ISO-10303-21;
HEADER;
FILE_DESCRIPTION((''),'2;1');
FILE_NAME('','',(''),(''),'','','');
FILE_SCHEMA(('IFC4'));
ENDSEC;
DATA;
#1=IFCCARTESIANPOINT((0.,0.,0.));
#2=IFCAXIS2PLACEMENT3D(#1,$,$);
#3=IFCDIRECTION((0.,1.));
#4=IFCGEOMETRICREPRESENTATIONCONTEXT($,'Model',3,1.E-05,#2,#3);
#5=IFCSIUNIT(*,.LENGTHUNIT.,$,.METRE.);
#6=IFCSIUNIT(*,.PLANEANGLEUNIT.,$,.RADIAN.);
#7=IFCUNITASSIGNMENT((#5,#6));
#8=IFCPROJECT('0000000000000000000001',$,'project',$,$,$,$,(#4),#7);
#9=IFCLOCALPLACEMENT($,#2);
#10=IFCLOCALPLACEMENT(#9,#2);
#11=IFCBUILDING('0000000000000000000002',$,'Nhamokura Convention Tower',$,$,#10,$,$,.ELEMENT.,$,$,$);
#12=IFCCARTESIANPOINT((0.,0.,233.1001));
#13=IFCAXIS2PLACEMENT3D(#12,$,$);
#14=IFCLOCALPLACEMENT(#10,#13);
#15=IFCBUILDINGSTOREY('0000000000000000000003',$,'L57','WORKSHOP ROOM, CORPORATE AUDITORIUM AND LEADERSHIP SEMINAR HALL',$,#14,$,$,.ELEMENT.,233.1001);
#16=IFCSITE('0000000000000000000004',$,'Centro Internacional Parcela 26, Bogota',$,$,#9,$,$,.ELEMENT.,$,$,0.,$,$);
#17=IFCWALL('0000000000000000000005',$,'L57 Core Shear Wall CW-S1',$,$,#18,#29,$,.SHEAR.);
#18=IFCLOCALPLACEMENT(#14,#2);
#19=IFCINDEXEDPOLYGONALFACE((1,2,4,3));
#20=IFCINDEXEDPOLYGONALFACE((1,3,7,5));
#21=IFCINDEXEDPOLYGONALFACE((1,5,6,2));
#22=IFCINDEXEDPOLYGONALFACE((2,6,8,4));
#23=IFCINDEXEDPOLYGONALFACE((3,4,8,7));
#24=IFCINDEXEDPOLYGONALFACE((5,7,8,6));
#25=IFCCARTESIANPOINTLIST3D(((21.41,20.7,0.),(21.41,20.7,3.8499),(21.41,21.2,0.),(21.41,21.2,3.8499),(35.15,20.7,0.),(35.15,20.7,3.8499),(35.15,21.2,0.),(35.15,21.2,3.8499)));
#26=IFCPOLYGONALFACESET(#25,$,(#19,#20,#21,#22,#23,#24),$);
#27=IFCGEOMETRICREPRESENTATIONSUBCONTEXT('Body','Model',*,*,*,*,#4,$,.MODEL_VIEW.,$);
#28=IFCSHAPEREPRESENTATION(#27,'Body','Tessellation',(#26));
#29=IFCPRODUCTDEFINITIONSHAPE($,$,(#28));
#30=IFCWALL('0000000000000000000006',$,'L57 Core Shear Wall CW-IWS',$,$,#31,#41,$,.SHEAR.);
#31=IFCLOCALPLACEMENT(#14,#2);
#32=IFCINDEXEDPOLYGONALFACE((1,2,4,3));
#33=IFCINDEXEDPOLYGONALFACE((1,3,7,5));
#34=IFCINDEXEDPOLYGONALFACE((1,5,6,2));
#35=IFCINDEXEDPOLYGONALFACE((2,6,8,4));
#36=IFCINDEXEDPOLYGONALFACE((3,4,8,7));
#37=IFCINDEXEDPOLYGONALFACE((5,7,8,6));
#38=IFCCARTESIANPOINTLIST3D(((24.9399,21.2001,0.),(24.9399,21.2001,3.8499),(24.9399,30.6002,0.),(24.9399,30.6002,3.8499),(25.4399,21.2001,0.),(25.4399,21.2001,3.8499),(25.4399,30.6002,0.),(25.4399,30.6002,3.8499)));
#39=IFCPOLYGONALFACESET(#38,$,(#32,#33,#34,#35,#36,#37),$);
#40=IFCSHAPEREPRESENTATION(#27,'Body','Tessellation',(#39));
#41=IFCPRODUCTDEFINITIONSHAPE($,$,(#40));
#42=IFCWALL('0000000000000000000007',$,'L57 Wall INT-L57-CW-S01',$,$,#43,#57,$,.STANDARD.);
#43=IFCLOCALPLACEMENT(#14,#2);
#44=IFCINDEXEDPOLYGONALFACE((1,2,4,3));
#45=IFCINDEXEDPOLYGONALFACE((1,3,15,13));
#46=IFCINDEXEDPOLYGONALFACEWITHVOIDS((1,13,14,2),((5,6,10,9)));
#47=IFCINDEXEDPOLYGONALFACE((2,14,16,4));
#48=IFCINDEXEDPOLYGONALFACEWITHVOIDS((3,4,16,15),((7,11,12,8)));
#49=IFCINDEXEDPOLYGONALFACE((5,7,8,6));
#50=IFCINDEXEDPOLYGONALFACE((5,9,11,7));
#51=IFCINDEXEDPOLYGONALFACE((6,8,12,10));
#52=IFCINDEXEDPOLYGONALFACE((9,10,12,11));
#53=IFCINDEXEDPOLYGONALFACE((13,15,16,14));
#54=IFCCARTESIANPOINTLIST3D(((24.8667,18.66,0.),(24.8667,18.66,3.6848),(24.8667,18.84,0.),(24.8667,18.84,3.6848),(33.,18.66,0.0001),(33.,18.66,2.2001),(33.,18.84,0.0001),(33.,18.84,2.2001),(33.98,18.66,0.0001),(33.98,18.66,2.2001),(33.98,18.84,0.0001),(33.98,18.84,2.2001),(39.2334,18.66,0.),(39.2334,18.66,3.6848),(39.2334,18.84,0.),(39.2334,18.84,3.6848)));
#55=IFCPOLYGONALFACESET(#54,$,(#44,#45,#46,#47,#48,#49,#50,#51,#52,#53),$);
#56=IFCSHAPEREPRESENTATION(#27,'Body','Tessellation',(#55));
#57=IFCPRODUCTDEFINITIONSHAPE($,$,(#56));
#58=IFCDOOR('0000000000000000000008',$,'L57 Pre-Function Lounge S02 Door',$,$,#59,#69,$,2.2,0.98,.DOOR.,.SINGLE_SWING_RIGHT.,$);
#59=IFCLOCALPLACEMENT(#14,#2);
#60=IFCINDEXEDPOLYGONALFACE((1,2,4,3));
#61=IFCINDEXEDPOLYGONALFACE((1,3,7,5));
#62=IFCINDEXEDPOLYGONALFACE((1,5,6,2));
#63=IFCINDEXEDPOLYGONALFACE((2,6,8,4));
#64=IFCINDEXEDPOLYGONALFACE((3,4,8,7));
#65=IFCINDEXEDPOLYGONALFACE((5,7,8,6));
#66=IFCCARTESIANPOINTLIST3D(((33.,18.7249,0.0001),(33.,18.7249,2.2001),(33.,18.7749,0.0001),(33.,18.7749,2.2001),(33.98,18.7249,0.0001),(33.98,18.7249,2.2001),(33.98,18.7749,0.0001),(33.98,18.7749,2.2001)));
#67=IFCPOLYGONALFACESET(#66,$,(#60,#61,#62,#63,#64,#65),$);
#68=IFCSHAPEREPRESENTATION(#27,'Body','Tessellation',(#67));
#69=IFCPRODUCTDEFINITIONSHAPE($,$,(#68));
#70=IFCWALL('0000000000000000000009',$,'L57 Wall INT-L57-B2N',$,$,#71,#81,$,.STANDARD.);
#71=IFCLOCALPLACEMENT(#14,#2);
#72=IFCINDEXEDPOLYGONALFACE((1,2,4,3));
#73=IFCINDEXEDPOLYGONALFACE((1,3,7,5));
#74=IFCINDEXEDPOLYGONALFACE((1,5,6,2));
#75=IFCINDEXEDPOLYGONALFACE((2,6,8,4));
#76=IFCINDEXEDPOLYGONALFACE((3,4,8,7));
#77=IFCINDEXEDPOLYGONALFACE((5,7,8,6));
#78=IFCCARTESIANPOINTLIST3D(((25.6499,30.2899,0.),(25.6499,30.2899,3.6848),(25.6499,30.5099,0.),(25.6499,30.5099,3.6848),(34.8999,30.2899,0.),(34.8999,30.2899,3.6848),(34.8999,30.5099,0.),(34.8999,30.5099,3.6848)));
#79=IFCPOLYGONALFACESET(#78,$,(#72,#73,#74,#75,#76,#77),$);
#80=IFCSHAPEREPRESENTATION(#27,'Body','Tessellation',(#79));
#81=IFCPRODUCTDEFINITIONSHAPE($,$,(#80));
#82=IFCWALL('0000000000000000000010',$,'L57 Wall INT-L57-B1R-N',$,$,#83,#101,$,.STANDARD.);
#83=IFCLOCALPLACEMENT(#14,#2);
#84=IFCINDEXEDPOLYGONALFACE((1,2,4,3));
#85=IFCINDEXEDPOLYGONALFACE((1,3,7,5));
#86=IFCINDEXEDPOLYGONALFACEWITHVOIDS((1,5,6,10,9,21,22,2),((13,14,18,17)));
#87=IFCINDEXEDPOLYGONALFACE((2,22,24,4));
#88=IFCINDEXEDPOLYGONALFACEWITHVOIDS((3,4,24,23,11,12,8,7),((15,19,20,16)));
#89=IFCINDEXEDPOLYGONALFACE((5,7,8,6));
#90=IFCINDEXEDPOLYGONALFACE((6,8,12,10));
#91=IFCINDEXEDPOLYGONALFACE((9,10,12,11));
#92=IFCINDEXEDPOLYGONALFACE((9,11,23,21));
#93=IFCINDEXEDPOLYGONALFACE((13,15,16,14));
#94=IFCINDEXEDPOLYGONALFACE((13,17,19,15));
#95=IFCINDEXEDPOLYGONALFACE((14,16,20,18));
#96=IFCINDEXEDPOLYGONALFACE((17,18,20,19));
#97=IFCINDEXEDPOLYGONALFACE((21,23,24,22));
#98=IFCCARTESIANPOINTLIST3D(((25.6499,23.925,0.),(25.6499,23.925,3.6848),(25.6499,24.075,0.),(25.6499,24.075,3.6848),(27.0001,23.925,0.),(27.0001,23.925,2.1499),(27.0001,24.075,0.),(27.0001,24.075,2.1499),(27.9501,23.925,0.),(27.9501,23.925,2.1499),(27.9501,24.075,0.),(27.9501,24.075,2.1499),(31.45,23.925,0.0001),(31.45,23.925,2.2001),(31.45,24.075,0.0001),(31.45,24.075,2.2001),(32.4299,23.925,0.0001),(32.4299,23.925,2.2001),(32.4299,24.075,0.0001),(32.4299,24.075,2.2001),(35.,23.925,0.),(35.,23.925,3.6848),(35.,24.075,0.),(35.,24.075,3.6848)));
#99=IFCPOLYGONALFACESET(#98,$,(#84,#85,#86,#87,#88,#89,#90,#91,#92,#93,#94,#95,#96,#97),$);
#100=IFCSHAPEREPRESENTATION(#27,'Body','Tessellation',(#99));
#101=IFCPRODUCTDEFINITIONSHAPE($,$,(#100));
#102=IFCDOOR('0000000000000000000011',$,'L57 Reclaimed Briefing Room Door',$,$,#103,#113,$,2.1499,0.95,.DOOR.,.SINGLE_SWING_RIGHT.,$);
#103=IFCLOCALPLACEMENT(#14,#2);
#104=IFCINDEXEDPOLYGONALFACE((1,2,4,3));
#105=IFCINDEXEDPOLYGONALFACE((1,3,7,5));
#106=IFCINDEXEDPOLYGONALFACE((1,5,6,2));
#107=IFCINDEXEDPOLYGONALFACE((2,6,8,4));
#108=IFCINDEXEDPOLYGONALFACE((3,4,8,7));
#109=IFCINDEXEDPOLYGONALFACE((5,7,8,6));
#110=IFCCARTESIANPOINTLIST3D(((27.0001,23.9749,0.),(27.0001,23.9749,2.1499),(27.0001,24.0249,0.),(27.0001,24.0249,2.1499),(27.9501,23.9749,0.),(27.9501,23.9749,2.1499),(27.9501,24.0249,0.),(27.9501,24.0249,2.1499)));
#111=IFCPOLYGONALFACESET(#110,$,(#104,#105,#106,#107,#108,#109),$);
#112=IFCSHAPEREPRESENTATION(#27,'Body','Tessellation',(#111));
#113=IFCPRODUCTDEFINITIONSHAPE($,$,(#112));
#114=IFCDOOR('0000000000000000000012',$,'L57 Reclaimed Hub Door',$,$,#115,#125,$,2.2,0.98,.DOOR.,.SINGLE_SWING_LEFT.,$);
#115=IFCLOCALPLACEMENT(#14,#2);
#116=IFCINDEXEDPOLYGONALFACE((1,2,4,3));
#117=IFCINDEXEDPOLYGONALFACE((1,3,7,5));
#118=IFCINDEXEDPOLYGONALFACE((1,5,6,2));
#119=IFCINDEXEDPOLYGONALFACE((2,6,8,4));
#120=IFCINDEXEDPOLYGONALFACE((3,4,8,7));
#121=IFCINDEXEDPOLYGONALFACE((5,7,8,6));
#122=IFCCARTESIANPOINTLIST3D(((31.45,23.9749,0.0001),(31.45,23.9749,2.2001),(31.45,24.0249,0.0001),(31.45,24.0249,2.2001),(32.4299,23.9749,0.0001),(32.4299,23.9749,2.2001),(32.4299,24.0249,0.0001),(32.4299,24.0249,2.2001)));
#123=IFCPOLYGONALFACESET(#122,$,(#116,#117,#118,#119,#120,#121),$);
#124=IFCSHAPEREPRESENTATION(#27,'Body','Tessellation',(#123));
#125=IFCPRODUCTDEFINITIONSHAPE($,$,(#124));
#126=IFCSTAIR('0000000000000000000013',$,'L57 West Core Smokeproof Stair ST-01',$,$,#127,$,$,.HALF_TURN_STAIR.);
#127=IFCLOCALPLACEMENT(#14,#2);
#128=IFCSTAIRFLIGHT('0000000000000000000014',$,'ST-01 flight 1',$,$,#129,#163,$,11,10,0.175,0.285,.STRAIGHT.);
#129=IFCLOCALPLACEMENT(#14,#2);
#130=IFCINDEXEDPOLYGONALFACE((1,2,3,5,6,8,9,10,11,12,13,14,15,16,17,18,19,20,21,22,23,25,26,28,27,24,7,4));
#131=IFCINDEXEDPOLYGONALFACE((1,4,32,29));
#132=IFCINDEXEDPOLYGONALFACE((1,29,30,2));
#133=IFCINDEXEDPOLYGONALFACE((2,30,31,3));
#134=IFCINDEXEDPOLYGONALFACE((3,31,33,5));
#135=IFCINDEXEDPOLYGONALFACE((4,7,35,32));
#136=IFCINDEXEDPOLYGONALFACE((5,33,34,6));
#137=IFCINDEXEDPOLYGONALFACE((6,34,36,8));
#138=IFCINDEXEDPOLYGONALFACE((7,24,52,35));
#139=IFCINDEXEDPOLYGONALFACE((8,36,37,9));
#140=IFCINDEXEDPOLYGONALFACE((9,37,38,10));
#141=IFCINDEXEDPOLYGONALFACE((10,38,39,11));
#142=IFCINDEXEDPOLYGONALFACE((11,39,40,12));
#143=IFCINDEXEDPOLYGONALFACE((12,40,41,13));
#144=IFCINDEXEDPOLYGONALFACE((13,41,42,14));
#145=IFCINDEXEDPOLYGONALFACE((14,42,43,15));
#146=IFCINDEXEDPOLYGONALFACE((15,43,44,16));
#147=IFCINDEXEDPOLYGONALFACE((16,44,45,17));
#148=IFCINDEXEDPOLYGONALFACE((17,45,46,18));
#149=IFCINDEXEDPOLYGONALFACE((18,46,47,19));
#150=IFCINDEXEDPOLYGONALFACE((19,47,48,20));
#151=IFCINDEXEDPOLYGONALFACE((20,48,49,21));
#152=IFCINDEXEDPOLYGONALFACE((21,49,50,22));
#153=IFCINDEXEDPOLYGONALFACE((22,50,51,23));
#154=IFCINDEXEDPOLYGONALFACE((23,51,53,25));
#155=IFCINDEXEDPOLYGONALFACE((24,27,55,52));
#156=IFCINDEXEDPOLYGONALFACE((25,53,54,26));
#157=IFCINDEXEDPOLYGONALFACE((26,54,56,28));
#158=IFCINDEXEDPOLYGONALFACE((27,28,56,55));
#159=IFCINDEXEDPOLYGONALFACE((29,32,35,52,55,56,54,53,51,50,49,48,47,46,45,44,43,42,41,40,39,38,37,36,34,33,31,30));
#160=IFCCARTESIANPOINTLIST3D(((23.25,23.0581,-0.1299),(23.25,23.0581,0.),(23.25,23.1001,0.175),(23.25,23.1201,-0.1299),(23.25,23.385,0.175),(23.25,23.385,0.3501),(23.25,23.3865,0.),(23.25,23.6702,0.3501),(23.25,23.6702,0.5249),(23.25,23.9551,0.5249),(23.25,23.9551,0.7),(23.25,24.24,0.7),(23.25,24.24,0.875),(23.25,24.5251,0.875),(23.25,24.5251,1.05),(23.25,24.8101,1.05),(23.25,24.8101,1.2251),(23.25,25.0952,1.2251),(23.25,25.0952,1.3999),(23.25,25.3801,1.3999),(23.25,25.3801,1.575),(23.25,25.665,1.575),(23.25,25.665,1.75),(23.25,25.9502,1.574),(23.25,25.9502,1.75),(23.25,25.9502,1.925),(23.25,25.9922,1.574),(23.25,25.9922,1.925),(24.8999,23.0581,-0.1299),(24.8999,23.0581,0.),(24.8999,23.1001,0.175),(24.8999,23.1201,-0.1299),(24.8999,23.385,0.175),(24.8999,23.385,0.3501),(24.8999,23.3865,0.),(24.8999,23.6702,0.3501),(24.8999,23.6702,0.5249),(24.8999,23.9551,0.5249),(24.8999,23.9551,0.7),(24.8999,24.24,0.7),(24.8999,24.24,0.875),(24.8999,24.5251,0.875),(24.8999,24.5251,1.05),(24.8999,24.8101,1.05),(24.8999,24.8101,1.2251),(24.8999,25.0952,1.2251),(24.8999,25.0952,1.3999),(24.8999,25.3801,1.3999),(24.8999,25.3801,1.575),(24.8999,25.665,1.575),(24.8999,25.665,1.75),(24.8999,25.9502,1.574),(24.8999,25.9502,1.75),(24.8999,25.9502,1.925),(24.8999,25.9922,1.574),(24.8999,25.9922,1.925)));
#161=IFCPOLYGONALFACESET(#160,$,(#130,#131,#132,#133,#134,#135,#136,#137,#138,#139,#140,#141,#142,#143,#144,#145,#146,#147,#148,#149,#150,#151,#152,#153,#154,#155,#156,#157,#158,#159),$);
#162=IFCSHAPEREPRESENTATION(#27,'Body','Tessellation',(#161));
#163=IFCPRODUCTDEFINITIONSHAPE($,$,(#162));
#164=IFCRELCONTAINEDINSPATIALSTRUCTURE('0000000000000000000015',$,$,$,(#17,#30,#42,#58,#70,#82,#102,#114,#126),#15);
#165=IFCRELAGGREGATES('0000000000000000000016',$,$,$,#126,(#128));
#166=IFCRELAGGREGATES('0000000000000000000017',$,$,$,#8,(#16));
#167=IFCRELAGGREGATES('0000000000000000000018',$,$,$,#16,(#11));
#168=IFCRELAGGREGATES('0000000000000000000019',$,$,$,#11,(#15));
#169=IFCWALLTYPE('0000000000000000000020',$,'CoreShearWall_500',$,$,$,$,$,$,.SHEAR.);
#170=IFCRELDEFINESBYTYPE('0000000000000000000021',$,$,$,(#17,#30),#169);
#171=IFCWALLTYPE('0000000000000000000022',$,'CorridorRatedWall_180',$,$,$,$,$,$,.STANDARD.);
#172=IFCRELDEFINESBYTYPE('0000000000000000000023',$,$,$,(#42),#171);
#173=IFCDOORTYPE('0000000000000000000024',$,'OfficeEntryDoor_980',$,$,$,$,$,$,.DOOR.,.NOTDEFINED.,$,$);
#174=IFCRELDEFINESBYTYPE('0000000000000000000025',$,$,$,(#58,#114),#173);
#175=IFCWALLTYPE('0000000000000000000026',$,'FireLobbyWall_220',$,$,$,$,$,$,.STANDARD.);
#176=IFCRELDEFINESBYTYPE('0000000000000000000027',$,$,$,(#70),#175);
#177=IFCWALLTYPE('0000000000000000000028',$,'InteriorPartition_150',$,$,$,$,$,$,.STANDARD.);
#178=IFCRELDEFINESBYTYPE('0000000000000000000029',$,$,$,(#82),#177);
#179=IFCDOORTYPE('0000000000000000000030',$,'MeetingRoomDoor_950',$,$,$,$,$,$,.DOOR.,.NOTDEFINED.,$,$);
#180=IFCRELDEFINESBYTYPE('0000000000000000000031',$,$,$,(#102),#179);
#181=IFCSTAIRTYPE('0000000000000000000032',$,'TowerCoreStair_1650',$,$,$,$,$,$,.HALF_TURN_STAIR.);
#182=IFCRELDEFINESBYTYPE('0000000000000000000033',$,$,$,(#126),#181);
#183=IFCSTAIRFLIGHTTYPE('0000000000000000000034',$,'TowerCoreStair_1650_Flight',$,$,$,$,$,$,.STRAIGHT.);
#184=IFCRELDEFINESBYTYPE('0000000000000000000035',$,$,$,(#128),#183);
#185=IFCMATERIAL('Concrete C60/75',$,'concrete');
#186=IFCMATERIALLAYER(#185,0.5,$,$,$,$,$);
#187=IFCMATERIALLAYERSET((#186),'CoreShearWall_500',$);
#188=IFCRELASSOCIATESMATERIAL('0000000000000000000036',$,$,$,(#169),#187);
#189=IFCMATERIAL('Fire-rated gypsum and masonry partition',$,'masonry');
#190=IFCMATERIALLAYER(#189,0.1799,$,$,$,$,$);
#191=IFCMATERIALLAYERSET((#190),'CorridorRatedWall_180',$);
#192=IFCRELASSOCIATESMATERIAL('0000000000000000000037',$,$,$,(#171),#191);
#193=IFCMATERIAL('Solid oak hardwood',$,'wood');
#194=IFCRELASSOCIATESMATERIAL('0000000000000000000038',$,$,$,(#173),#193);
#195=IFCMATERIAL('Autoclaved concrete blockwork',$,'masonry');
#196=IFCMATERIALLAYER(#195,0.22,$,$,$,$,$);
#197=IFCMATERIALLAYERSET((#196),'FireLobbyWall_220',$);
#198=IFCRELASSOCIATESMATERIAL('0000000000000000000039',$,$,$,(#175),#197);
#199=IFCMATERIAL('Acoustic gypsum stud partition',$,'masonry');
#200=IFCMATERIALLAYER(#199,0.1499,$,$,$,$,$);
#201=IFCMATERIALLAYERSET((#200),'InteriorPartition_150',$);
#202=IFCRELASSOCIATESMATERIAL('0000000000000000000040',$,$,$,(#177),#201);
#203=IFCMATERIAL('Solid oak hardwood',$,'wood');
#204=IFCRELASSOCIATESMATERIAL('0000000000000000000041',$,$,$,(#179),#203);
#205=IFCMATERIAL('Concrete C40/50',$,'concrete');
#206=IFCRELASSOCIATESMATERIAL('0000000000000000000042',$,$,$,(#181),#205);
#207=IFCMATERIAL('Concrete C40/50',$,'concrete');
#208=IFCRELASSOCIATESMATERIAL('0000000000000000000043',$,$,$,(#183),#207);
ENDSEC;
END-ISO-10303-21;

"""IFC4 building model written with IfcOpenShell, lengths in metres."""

from ifc_helpers import new_model, si_unit, direction, frame, frame_2d, origin, place, context, subcontext, project, spatial, polyline, rectangle, outline, extrude, material, layer, layer_set, type_object, element, fill, aggregate, save


model = new_model("IFC4")

# Units and contexts
model_context = context("Model", 3, precision=1e-05, world=origin(), true_north=direction((0.0, 1.0)))
body_context = subcontext(model_context, "Body", "Model", "MODEL_VIEW")
ifc_project = project(units=[si_unit("LENGTHUNIT", "METRE"), si_unit("PLANEANGLEUNIT", "RADIAN")], contexts=[model_context])

# Site, building, storey
site_placement = place(None, origin())
site = spatial("IfcSite", under=ifc_project, at=site_placement, Name="Centro Internacional Parcela 26, Bogota", CompositionType="ELEMENT", RefElevation=0.0)
building_placement = place(site_placement, origin())
building = spatial("IfcBuilding", under=site, at=building_placement, Name="Nhamokura Convention Tower", CompositionType="ELEMENT")
storey_placement = place(building_placement, frame((0.0, 0.0, 233.1001)))
storey = spatial("IfcBuildingStorey", under=building, at=storey_placement, Name="L57", Description="WORKSHOP ROOM, CORPORATE AUDITORIUM AND LEADERSHIP SEMINAR HALL", CompositionType="ELEMENT", Elevation=233.1001)

# Walls
ifc_material_1 = material(Name="Concrete C60/75", Category="concrete")
ifc_layer_1 = layer(ifc_material_1, 0.5)
ifc_layer_set_1 = layer_set([ifc_layer_1], Name="CoreShearWall_500")
wall_type_1 = type_object("IfcWallType", Name="CoreShearWall_500", PredefinedType="SHEAR", material=ifc_layer_set_1)
wall_1_placement = place(storey_placement, frame((21.4099, 20.95, 0.0), z_axis=(0.0, 0.0, 1.0), x_axis=(1.0, 0.0, 0.0)))
element("IfcWall", 1, at=wall_1_placement, inside=storey, type_object=wall_type_1, Name="L57 Core Shear Wall CW-S1", PredefinedType="SHEAR", context=body_context, shape_type="SweptSolid", body=[
    extrude(rectangle(XDim=13.74, YDim=0.5, at=frame_2d((6.8701, 0.0))), origin(), (0.0, 0.0, 1.0), 3.8499),
])
wall_2_placement = place(storey_placement, frame((25.1899, 21.2, 0.0), z_axis=(0.0, 0.0, 1.0), x_axis=(0.0, 1.0, 0.0)))
element("IfcWall", 2, at=wall_2_placement, inside=storey, type_object=wall_type_1, Name="L57 Core Shear Wall CW-IWS", PredefinedType="SHEAR", context=body_context, shape_type="SweptSolid", body=[
    extrude(rectangle(XDim=9.4001, YDim=0.5, at=frame_2d((4.7002, 0.0))), origin(), (0.0, 0.0, 1.0), 3.8499),
])

# Wall, opening, door
ifc_material_2 = material(Name="Fire-rated gypsum and masonry partition", Category="masonry")
ifc_layer_2 = layer(ifc_material_2, 0.1799)
ifc_layer_set_2 = layer_set([ifc_layer_2], Name="CorridorRatedWall_180")
wall_type_2 = type_object("IfcWallType", Name="CorridorRatedWall_180", PredefinedType="STANDARD", material=ifc_layer_set_2)
wall_3_placement = place(storey_placement, frame((24.8667, 18.75, 0.0), z_axis=(0.0, 0.0, 1.0), x_axis=(1.0, 0.0, 0.0)))
wall_3 = element("IfcWall", 3, at=wall_3_placement, inside=storey, type_object=wall_type_2, Name="L57 Wall INT-L57-CW-S01", PredefinedType="STANDARD", context=body_context, shape_type="SweptSolid", body=[
    extrude(rectangle(XDim=14.3667, YDim=0.1799, at=frame_2d((7.1833, 0.0))), origin(), (0.0, 0.0, 1.0), 3.6848),
])
opening_1_placement = place(wall_3_placement, frame((8.1333, 0.0, 0.0)))
opening_1 = element("IfcOpeningElement", 4, at=opening_1_placement, cuts=wall_3, PredefinedType="OPENING", context=body_context, shape_type="SweptSolid", body=[
    extrude(rectangle(XDim=0.98, YDim=2.2, at=frame_2d((0.49, 1.1001))), frame((0.0, 0.0999, 0.0), z_axis=(0.0, -1.0, 0.0), x_axis=(1.0, 0.0, 0.0)), (0.0, 0.0, 1.0), 0.2),
])
ifc_material_3 = material(Name="Solid oak hardwood", Category="wood")
door_type_1 = type_object("IfcDoorType", Name="OfficeEntryDoor_980", OperationType="NOTDEFINED", PredefinedType="DOOR", material=ifc_material_3)
door_1_placement = place(opening_1_placement, origin())
door_1 = element("IfcDoor", 5, at=door_1_placement, inside=storey, type_object=door_type_1, Name="L57 Pre-Function Lounge S02 Door", OperationType="SINGLE_SWING_RIGHT", OverallHeight=2.2, OverallWidth=0.98, PredefinedType="DOOR", context=body_context, shape_type="SweptSolid", body=[
    extrude(rectangle(XDim=0.98, YDim=2.2, at=frame_2d((0.49, 1.1001))), frame((0.0, 0.0249, 0.0), z_axis=(0.0, -1.0, 0.0), x_axis=(1.0, 0.0, 0.0)), (0.0, 0.0, 1.0), 0.05),
])
fill(opening_1, door_1)

# Shared definitions
ifc_material_4 = material(Name="Autoclaved concrete blockwork", Category="masonry")
ifc_layer_3 = layer(ifc_material_4, 0.22)
ifc_layer_set_3 = layer_set([ifc_layer_3], Name="FireLobbyWall_220")
wall_type_3 = type_object("IfcWallType", Name="FireLobbyWall_220", PredefinedType="STANDARD", material=ifc_layer_set_3)

# Wall
wall_4_placement = place(storey_placement, frame((25.6499, 30.3999, 0.0), z_axis=(0.0, 0.0, 1.0), x_axis=(1.0, 0.0, 0.0)))
element("IfcWall", 6, at=wall_4_placement, inside=storey, type_object=wall_type_3, Name="L57 Wall INT-L57-B2N", PredefinedType="STANDARD", context=body_context, shape_type="SweptSolid", body=[
    extrude(rectangle(XDim=9.25, YDim=0.22, at=frame_2d((4.625, 0.0))), origin(), (0.0, 0.0, 1.0), 3.6848),
])

# Wall, openings, doors
ifc_material_5 = material(Name="Acoustic gypsum stud partition", Category="masonry")
ifc_layer_4 = layer(ifc_material_5, 0.1499)
ifc_layer_set_4 = layer_set([ifc_layer_4], Name="InteriorPartition_150")
wall_type_4 = type_object("IfcWallType", Name="InteriorPartition_150", PredefinedType="STANDARD", material=ifc_layer_set_4)
wall_5_placement = place(storey_placement, frame((25.6499, 24.0, 0.0), z_axis=(0.0, 0.0, 1.0), x_axis=(1.0, 0.0, 0.0)))
wall_5 = element("IfcWall", 7, at=wall_5_placement, inside=storey, type_object=wall_type_4, Name="L57 Wall INT-L57-B1R-N", PredefinedType="STANDARD", context=body_context, shape_type="SweptSolid", body=[
    extrude(rectangle(XDim=9.3501, YDim=0.1499, at=frame_2d((4.675, 0.0))), origin(), (0.0, 0.0, 1.0), 3.6848),
])
opening_2_placement = place(wall_5_placement, frame((1.3501, 0.0, 0.0)))
opening_2 = element("IfcOpeningElement", 8, at=opening_2_placement, cuts=wall_5, PredefinedType="OPENING", context=body_context, shape_type="SweptSolid", body=[
    extrude(rectangle(XDim=0.95, YDim=2.1499, at=frame_2d((0.4751, 1.075))), frame((0.0, 0.085, 0.0), z_axis=(0.0, -1.0, 0.0), x_axis=(1.0, 0.0, 0.0)), (0.0, 0.0, 1.0), 0.1699),
])
opening_3_placement = place(wall_5_placement, frame((5.8, 0.0, 0.0)))
opening_3 = element("IfcOpeningElement", 9, at=opening_3_placement, cuts=wall_5, PredefinedType="OPENING", context=body_context, shape_type="SweptSolid", body=[
    extrude(rectangle(XDim=0.98, YDim=2.2, at=frame_2d((0.49, 1.1001))), frame((0.0, 0.085, 0.0), z_axis=(0.0, -1.0, 0.0), x_axis=(1.0, 0.0, 0.0)), (0.0, 0.0, 1.0), 0.1699),
])
ifc_material_6 = material(Name="Solid oak hardwood", Category="wood")
door_type_2 = type_object("IfcDoorType", Name="MeetingRoomDoor_950", OperationType="NOTDEFINED", PredefinedType="DOOR", material=ifc_material_6)
door_2_placement = place(opening_2_placement, origin())
door_2 = element("IfcDoor", 10, at=door_2_placement, inside=storey, type_object=door_type_2, Name="L57 Reclaimed Briefing Room Door", OperationType="SINGLE_SWING_RIGHT", OverallHeight=2.1499, OverallWidth=0.95, PredefinedType="DOOR", context=body_context, shape_type="SweptSolid", body=[
    extrude(rectangle(XDim=0.95, YDim=2.1499, at=frame_2d((0.4751, 1.075))), frame((0.0, 0.0249, 0.0), z_axis=(0.0, -1.0, 0.0), x_axis=(1.0, 0.0, 0.0)), (0.0, 0.0, 1.0), 0.05),
])
fill(opening_2, door_2)
door_3_placement = place(opening_3_placement, origin())
door_3 = element("IfcDoor", 11, at=door_3_placement, inside=storey, type_object=door_type_1, Name="L57 Reclaimed Hub Door", OperationType="SINGLE_SWING_LEFT", OverallHeight=2.2, OverallWidth=0.98, PredefinedType="DOOR", context=body_context, shape_type="SweptSolid", body=[
    extrude(rectangle(XDim=0.98, YDim=2.2, at=frame_2d((0.49, 1.1001))), frame((0.0, 0.0249, 0.0), z_axis=(0.0, -1.0, 0.0), x_axis=(1.0, 0.0, 0.0)), (0.0, 0.0, 1.0), 0.05),
])
fill(opening_3, door_3)

# Stair, stair flight
ifc_material_7 = material(Name="Concrete C40/50", Category="concrete")
stair_type = type_object("IfcStairType", Name="TowerCoreStair_1650", PredefinedType="HALF_TURN_STAIR", material=ifc_material_7)
stair_placement = place(storey_placement, origin())
stair = element("IfcStair", 12, at=stair_placement, inside=storey, type_object=stair_type, Name="L57 West Core Smokeproof Stair ST-01", PredefinedType="HALF_TURN_STAIR")
ifc_material_8 = material(Name="Concrete C40/50", Category="concrete")
stair_flight_type = type_object("IfcStairFlightType", Name="TowerCoreStair_1650_Flight", PredefinedType="STRAIGHT", material=ifc_material_8)
stair_flight_1_placement = place(storey_placement, frame((24.075, 23.1001, 0.0), z_axis=(0.0, 0.0, 1.0), x_axis=(0.0, 1.0, 0.0)))
stair_flight_1 = element("IfcStairFlight", 13, at=stair_flight_1_placement, type_object=stair_flight_type, Name="ST-01 flight 1", NumberOfRisers=11, NumberOfTreads=10, PredefinedType="STRAIGHT", RiserHeight=0.175, TreadLength=0.285, context=body_context, shape_type="SweptSolid", body=[
    extrude(outline(polyline([(-0.042, 0.0), (0.0, 0.175), (0.2849, 0.175), (0.2849, 0.3501), (0.5701, 0.3501), (0.5701, 0.5249), (0.855, 0.5249), (0.855, 0.7), (1.1399, 0.7), (1.1399, 0.875), (1.425, 0.875), (1.425, 1.05), (1.71, 1.05), (1.71, 1.2251), (1.9951, 1.2251), (1.9951, 1.3999), (2.28, 1.3999), (2.28, 1.575), (2.5649, 1.575), (2.5649, 1.75), (2.8501, 1.75), (2.8501, 1.925), (2.8921, 1.925), (2.8921, 1.574), (2.8501, 1.574), (0.2864, 0.0), (0.02, -0.1299), (-0.042, -0.1299), (-0.042, 0.0)])), frame((0.0, 0.825, 0.0), z_axis=(0.0, -1.0, 0.0), x_axis=(1.0, 0.0, 0.0)), (0.0, 0.0, 1.0), 1.6499),
])
aggregate(stair, [stair_flight_1])

save(model, "model.ifc")
